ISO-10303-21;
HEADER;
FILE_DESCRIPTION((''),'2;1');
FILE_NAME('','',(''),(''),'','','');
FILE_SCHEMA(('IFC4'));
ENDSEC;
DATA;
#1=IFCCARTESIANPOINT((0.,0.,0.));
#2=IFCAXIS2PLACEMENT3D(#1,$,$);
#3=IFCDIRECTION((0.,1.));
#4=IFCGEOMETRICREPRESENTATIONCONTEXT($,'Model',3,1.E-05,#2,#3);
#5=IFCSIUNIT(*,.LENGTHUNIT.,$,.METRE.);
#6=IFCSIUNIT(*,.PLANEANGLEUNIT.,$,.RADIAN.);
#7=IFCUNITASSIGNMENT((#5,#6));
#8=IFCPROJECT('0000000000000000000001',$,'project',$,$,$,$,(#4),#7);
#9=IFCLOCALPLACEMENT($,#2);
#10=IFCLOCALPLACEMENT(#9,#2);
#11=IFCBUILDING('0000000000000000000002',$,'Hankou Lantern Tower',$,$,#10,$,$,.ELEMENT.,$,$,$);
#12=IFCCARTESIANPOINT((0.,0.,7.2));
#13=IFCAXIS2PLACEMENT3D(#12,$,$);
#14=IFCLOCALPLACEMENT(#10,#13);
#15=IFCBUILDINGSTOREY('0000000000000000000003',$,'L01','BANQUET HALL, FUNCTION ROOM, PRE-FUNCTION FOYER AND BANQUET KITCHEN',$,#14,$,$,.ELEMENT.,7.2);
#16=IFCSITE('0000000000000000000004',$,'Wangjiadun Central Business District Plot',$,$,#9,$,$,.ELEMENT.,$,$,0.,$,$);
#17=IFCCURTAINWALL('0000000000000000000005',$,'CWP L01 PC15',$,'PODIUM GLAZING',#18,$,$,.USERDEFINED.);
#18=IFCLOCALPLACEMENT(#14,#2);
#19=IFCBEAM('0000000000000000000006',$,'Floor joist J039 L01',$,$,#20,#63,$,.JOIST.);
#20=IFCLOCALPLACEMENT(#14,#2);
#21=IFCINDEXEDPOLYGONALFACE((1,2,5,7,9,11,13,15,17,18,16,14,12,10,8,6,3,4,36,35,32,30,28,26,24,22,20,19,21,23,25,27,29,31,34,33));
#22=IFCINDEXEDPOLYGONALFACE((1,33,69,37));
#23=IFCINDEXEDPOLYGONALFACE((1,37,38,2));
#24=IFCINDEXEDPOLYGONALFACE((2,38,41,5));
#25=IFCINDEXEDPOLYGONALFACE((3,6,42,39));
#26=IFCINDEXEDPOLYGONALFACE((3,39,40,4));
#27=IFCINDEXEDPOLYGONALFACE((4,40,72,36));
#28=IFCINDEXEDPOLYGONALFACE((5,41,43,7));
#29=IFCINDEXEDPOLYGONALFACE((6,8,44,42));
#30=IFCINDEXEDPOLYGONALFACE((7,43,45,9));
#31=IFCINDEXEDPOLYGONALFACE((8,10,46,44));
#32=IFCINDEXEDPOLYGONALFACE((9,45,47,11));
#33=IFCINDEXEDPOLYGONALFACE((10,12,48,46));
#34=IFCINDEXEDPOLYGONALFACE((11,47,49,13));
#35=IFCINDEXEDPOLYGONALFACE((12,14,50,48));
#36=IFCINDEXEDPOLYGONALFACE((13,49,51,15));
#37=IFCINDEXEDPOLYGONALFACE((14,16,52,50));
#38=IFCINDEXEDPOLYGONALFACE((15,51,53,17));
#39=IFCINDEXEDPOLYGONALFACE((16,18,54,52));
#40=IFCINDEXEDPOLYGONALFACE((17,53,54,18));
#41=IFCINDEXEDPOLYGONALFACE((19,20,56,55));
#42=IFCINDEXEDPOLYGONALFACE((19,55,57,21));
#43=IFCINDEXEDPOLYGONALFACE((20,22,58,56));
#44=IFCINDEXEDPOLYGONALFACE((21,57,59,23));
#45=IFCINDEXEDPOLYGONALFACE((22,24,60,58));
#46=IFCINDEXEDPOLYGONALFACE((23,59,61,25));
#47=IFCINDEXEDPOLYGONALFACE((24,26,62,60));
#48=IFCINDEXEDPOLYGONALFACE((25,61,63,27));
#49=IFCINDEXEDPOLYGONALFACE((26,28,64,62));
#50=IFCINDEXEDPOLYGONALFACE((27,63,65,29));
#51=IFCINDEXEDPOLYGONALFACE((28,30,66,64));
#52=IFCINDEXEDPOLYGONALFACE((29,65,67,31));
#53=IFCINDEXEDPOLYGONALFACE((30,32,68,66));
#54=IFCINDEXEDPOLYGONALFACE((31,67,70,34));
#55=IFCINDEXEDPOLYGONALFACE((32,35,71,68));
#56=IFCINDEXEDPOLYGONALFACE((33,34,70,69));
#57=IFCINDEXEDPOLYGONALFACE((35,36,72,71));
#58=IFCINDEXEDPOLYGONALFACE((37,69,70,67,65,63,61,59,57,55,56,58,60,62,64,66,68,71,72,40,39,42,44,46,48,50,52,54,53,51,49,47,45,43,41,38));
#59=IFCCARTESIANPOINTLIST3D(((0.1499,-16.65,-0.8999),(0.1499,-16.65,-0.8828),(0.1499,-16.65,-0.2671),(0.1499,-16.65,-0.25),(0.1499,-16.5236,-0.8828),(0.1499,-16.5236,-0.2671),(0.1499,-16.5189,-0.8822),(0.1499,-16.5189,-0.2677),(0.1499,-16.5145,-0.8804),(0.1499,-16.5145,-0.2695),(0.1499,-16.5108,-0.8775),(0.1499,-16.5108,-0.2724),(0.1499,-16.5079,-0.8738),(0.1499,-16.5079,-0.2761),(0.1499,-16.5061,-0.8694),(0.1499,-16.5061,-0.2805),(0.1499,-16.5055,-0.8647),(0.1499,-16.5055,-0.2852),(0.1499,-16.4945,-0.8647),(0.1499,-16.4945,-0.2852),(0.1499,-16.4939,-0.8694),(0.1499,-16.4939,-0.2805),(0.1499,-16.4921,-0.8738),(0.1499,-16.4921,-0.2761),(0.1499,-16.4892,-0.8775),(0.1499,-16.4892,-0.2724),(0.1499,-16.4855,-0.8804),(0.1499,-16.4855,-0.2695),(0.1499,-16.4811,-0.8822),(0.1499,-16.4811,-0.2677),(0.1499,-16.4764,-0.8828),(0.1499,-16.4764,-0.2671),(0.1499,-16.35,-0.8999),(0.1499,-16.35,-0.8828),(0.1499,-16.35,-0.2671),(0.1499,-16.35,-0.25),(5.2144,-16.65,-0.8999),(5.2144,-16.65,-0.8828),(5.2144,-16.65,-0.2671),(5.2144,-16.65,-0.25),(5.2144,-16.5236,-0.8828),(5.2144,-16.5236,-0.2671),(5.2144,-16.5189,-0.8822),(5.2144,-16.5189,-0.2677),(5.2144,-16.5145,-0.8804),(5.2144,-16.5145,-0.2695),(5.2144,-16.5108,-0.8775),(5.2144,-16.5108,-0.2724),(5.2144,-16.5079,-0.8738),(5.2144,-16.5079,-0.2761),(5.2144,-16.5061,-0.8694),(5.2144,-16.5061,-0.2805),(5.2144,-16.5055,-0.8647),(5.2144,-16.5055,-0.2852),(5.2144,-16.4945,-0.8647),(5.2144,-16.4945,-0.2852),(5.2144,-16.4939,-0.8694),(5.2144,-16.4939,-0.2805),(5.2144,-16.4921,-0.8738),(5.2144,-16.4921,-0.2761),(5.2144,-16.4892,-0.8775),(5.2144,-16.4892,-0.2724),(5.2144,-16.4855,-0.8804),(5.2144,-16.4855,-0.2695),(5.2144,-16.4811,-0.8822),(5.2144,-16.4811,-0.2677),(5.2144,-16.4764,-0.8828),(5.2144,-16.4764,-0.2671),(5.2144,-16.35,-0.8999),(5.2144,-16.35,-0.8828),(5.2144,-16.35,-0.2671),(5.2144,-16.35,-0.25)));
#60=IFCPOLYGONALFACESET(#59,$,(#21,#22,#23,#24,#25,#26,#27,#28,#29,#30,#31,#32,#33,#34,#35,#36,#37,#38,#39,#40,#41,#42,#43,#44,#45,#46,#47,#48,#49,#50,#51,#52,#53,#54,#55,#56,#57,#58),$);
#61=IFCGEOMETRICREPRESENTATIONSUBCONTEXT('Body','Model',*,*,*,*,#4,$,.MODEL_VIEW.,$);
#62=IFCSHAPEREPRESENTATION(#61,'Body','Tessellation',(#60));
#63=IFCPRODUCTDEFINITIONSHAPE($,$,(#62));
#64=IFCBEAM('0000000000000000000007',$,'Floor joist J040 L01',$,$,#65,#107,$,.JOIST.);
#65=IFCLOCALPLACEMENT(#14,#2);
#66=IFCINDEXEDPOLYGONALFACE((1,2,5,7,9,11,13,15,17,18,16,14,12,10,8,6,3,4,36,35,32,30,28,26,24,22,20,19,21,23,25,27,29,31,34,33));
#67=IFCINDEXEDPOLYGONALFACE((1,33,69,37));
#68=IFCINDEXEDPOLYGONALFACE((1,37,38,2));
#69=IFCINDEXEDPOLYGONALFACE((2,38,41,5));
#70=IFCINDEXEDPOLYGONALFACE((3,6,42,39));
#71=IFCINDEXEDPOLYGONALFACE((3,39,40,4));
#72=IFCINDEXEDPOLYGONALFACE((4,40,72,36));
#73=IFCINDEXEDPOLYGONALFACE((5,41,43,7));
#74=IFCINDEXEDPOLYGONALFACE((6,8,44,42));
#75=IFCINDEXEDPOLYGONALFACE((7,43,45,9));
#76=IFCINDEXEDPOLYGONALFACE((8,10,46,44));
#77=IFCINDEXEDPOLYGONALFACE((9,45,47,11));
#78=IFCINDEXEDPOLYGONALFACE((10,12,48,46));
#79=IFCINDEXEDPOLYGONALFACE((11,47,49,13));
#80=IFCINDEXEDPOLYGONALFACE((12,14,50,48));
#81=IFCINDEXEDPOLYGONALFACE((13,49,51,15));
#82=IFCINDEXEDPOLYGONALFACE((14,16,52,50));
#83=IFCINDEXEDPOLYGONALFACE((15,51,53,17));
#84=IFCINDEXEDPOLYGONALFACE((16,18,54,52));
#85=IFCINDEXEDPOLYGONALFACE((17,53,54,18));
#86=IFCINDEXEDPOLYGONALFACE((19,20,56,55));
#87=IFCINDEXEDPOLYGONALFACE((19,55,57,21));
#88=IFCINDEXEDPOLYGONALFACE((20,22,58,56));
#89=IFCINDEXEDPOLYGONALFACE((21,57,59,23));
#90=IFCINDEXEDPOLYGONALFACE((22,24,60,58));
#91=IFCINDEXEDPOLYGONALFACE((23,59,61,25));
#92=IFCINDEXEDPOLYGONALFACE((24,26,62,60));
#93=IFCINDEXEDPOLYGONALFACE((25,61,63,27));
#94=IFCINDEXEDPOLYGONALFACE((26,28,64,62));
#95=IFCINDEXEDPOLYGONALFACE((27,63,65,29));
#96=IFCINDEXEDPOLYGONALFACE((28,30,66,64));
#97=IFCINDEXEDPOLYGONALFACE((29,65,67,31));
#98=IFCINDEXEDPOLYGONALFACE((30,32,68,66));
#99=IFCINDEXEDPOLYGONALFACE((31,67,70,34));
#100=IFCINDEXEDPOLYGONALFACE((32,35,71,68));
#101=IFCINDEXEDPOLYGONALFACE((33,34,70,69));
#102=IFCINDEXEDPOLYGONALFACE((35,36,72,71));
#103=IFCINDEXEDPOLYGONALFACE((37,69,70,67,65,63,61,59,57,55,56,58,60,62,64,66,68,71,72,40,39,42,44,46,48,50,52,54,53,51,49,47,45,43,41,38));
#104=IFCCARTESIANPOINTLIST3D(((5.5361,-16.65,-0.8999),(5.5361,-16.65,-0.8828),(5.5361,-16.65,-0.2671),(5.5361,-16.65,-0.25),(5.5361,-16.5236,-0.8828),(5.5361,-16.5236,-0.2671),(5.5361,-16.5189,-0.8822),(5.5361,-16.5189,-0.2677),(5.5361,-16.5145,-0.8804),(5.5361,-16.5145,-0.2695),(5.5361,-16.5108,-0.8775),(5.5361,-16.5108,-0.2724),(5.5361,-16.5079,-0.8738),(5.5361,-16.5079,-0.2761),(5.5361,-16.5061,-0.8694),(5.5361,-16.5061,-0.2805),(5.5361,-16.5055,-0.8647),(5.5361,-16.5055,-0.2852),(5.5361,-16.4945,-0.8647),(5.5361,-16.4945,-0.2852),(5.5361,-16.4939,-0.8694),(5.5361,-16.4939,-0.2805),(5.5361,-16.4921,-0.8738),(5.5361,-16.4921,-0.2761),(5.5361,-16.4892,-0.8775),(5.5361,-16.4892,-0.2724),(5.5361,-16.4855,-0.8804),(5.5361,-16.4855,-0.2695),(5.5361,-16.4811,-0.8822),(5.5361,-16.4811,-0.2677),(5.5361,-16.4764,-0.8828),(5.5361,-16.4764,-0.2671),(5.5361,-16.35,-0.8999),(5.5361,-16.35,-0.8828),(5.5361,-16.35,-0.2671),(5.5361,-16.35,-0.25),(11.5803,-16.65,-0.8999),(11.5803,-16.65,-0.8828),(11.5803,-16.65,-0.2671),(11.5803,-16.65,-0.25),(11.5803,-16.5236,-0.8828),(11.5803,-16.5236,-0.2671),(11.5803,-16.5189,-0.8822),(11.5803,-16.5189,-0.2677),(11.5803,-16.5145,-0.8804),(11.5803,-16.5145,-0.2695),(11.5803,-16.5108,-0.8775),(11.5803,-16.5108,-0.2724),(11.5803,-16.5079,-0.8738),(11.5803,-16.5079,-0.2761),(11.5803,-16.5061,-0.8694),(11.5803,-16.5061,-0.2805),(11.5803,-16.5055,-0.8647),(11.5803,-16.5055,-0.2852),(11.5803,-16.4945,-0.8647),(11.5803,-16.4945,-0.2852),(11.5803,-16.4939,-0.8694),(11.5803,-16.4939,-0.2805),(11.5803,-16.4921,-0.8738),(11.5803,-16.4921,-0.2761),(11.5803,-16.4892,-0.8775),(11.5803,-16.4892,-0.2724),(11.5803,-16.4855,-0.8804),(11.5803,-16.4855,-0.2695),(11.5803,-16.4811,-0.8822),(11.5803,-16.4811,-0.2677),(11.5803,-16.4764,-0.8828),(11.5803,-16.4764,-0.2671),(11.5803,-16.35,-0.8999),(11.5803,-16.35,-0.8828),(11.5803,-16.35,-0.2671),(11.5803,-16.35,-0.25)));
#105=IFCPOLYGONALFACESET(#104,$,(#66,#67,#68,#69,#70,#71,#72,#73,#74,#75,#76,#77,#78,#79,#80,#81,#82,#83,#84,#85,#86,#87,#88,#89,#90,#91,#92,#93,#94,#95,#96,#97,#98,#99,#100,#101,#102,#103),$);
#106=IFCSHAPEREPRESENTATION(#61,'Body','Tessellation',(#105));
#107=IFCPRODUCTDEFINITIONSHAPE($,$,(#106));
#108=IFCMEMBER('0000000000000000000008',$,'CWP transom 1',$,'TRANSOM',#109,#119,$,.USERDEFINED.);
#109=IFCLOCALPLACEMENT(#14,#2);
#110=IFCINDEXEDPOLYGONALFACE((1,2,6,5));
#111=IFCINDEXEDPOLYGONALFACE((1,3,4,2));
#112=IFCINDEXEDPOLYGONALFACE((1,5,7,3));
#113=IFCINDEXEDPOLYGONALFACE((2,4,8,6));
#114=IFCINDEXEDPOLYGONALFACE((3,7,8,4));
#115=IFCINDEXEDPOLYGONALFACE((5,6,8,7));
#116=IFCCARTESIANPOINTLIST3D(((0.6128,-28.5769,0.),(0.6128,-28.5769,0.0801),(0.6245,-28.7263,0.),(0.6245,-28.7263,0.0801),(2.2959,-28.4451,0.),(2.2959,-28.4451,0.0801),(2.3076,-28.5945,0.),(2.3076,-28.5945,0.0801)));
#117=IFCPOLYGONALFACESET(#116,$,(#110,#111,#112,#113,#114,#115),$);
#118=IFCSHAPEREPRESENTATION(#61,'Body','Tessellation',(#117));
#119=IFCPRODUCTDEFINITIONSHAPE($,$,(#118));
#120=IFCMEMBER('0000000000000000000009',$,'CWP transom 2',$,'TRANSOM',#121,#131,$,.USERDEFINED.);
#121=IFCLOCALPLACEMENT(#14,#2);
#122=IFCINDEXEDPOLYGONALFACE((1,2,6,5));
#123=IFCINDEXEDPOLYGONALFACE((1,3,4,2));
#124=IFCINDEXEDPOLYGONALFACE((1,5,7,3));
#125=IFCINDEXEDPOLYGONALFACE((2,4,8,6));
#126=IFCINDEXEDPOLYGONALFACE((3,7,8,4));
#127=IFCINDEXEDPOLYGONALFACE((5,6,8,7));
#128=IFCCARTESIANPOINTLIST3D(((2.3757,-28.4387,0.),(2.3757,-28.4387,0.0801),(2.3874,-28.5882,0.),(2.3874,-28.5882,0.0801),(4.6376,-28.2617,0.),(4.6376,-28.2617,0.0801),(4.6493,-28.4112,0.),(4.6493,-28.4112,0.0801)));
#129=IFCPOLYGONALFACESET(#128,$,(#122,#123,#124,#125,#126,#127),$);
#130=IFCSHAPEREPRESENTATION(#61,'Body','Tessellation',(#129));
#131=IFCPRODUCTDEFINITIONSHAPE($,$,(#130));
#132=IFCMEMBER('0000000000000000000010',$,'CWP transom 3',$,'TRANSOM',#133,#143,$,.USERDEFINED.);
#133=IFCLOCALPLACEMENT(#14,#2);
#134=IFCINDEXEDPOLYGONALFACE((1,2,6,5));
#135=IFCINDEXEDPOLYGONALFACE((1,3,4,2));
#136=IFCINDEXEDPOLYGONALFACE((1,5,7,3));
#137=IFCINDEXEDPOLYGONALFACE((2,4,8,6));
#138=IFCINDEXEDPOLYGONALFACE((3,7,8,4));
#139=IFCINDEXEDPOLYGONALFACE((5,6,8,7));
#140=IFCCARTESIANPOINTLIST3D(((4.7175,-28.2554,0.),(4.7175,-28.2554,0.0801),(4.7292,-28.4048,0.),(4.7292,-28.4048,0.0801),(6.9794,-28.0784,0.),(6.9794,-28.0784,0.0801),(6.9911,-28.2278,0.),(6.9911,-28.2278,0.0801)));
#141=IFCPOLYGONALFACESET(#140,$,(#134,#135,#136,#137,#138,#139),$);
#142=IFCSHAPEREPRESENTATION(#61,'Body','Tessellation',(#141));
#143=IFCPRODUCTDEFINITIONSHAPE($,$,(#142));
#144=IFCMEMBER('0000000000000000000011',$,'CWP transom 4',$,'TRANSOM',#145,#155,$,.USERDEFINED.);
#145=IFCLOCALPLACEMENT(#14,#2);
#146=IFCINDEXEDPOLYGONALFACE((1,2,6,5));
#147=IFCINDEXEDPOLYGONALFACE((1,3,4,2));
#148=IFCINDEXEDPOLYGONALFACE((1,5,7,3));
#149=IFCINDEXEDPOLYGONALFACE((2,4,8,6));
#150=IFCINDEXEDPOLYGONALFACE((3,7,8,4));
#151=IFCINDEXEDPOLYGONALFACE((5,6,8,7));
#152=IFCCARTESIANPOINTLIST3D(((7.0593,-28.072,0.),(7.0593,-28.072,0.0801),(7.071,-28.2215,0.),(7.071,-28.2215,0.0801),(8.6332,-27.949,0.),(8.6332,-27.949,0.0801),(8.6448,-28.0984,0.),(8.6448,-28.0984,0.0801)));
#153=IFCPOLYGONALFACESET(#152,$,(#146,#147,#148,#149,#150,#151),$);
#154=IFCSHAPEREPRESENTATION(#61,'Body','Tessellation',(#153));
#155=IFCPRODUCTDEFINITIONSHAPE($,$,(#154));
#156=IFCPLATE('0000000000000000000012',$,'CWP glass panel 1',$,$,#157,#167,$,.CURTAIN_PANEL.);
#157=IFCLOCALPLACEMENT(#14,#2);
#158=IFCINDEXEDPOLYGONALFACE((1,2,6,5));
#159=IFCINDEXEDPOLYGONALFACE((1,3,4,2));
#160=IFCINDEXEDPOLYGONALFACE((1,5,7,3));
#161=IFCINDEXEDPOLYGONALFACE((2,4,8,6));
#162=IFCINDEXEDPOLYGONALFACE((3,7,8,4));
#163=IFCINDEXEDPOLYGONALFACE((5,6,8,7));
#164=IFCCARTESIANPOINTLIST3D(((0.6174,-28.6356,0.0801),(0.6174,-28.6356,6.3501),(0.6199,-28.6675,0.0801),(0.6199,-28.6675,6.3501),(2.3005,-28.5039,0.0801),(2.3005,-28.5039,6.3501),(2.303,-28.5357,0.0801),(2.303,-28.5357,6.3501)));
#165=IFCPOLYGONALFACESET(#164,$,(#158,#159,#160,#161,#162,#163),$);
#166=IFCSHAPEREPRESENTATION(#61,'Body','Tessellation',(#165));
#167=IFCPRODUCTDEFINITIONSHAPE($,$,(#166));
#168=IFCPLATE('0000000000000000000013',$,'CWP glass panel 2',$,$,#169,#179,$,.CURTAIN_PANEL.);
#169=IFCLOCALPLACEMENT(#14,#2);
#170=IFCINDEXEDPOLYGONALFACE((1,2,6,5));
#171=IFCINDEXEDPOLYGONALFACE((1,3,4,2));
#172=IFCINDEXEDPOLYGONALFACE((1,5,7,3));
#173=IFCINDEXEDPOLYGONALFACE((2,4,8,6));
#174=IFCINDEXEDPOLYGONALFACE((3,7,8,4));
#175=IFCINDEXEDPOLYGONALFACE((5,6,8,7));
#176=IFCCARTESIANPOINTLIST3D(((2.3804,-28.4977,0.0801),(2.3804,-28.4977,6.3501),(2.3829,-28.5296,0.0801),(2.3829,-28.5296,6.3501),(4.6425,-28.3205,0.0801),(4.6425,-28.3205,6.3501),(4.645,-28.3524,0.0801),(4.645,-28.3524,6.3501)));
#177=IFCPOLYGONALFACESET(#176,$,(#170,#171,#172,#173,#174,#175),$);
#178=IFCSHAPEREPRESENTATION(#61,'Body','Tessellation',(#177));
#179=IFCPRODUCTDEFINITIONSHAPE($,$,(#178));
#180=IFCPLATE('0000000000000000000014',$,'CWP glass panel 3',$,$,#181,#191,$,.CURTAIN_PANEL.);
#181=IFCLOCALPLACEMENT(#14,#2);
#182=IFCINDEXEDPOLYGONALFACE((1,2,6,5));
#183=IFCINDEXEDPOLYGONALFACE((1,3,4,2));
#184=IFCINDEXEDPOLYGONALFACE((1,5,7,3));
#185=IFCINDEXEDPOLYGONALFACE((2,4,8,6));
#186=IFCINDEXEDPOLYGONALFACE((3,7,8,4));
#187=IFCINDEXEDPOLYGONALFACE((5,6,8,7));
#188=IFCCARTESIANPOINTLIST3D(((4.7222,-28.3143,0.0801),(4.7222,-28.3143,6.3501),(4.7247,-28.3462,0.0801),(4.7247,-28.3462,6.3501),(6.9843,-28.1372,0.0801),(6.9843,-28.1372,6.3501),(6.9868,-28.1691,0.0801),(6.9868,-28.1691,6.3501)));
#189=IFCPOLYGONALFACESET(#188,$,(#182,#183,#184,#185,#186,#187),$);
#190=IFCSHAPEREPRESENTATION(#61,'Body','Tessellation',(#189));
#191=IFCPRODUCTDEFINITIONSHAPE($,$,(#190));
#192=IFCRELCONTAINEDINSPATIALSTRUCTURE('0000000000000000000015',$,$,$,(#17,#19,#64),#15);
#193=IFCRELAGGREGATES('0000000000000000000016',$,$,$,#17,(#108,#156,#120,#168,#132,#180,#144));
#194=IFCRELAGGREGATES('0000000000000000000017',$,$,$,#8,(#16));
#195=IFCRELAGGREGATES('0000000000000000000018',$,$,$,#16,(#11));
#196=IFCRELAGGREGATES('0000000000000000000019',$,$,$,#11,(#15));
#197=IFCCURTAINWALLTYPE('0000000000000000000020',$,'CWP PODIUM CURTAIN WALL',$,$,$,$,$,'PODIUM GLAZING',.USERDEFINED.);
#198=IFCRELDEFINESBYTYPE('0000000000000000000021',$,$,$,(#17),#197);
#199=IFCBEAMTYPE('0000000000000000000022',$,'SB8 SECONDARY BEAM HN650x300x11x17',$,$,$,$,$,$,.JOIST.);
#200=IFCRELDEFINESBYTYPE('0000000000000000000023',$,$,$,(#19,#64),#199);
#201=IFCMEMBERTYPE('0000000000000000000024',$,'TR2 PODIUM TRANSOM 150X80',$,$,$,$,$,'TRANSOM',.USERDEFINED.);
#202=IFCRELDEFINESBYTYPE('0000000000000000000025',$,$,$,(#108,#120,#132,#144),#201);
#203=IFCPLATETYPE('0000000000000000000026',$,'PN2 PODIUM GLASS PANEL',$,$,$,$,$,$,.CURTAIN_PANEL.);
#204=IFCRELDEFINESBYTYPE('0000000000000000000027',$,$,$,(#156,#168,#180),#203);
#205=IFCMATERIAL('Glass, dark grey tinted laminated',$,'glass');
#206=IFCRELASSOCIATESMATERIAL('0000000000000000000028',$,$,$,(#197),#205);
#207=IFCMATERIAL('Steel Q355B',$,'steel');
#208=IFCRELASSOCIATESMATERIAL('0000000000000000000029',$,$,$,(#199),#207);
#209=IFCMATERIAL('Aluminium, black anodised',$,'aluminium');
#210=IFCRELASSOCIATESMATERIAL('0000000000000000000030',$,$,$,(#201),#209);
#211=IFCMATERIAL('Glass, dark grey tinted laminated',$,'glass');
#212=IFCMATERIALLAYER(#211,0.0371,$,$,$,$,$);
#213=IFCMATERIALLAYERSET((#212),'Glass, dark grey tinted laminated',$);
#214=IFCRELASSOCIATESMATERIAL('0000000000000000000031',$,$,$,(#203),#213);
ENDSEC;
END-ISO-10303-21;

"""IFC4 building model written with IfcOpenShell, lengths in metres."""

from ifc_helpers import new_model, si_unit, direction, frame, origin, origin_2d, place, context, subcontext, project, spatial, rectangle, i_section, extrude, material, layer, layer_set, material_profile, profile_set, type_object, element, aggregate, save


model = new_model("IFC4")

# Units and contexts
model_context = context("Model", 3, precision=1e-05, world=origin(), true_north=direction((0.0, 1.0)))
body_context = subcontext(model_context, "Body", "Model", "MODEL_VIEW")
ifc_project = project(units=[si_unit("LENGTHUNIT", "METRE"), si_unit("PLANEANGLEUNIT", "RADIAN")], contexts=[model_context])

# Site, building, storey
site_placement = place(None, origin())
site = spatial("IfcSite", under=ifc_project, at=site_placement, Name="Wangjiadun Central Business District Plot", CompositionType="ELEMENT", RefElevation=0.0)
building_placement = place(site_placement, origin())
building = spatial("IfcBuilding", under=site, at=building_placement, Name="Hankou Lantern Tower", CompositionType="ELEMENT")
storey_placement = place(building_placement, frame((0.0, 0.0, 7.2)))
storey = spatial("IfcBuildingStorey", under=building, at=storey_placement, Name="L01", Description="BANQUET HALL, FUNCTION ROOM, PRE-FUNCTION FOYER AND BANQUET KITCHEN", CompositionType="ELEMENT", Elevation=7.2)

# Curtain wall
ifc_material_1 = material(Name="Glass, dark grey tinted laminated", Category="glass")
curtain_wall_type = type_object("IfcCurtainWallType", Name="CWP PODIUM CURTAIN WALL", ElementType="PODIUM GLAZING", PredefinedType="USERDEFINED", material=ifc_material_1)
curtain_wall_placement = place(storey_placement, origin())
curtain_wall = element("IfcCurtainWall", 1, at=curtain_wall_placement, inside=storey, type_object=curtain_wall_type, Name="CWP L01 PC15", ObjectType="PODIUM GLAZING", PredefinedType="USERDEFINED")

# Beams
ifc_material_2 = material(Name="Steel Q355B", Category="steel")
ifc_material_profile_1 = material_profile(ifc_material_2, i_section(OverallWidth=0.3, OverallDepth=0.6499, WebThickness=0.011, FlangeThickness=0.0171, FilletRadius=0.0181, at=origin_2d()), Name="HN650x300x11x17")
ifc_profile_set_1 = profile_set([ifc_material_profile_1], Name="Steel Q355B")
beam_type_1 = type_object("IfcBeamType", Name="SB8 SECONDARY BEAM HN650x300x11x17", PredefinedType="JOIST", material=ifc_profile_set_1)
beam_1_placement = place(storey_placement, frame((0.1499, -16.5, -0.575), z_axis=(1.0, 0.0, 0.0), x_axis=(0.0, 1.0, 0.0)))
element("IfcBeam", 2, at=beam_1_placement, inside=storey, type_object=beam_type_1, Name="Floor joist J039 L01", PredefinedType="JOIST", context=body_context, shape_type="SweptSolid", body=[
    extrude(i_section(OverallWidth=0.3, OverallDepth=0.6499, WebThickness=0.011, FlangeThickness=0.0171, FilletRadius=0.0181, at=origin_2d()), origin(), (0.0, 0.0, 1.0), 5.0645),
])
beam_2_placement = place(storey_placement, frame((5.5361, -16.5, -0.575), z_axis=(1.0, 0.0, 0.0), x_axis=(0.0, 1.0, 0.0)))
element("IfcBeam", 3, at=beam_2_placement, inside=storey, type_object=beam_type_1, Name="Floor joist J040 L01", PredefinedType="JOIST", context=body_context, shape_type="SweptSolid", body=[
    extrude(i_section(OverallWidth=0.3, OverallDepth=0.6499, WebThickness=0.011, FlangeThickness=0.0171, FilletRadius=0.0181, at=origin_2d()), origin(), (0.0, 0.0, 1.0), 6.0442),
])

# Members
ifc_material_3 = material(Name="Aluminium, black anodised", Category="aluminium")
ifc_material_profile_2 = material_profile(ifc_material_3, rectangle(XDim=0.1499, YDim=0.0801, at=origin_2d()), Name="TR2 150X80")
ifc_profile_set_2 = profile_set([ifc_material_profile_2], Name="Aluminium, black anodised")
member_type_1 = type_object("IfcMemberType", Name="TR2 PODIUM TRANSOM 150X80", ElementType="TRANSOM", PredefinedType="USERDEFINED", material=ifc_profile_set_2)
member_1_placement = place(storey_placement, frame((0.6187, -28.6516, 0.04), z_axis=(0.996946, 0.07809, 0.0), x_axis=(-0.07809, 0.996946, 0.0)))
member_1 = element("IfcMember", 4, at=member_1_placement, type_object=member_type_1, Name="CWP transom 1", ObjectType="TRANSOM", PredefinedType="USERDEFINED", context=body_context, shape_type="SweptSolid", body=[
    extrude(rectangle(XDim=0.1499, YDim=0.0801, at=origin_2d()), origin(), (0.0, 0.0, 1.0), 1.6882),
])
member_2_placement = place(storey_placement, frame((2.3816, -28.5134, 0.04), z_axis=(0.996952, 0.078013, 0.0), x_axis=(-0.078013, 0.996952, 0.0)))
member_2 = element("IfcMember", 5, at=member_2_placement, type_object=member_type_1, Name="CWP transom 2", ObjectType="TRANSOM", PredefinedType="USERDEFINED", context=body_context, shape_type="SweptSolid", body=[
    extrude(rectangle(XDim=0.1499, YDim=0.0801, at=origin_2d()), origin(), (0.0, 0.0, 1.0), 2.2688),
])
member_3_placement = place(storey_placement, frame((4.7234, -28.3301, 0.04), z_axis=(0.996952, 0.078013, 0.0), x_axis=(-0.078013, 0.996952, 0.0)))
member_3 = element("IfcMember", 6, at=member_3_placement, type_object=member_type_1, Name="CWP transom 3", ObjectType="TRANSOM", PredefinedType="USERDEFINED", context=body_context, shape_type="SweptSolid", body=[
    extrude(rectangle(XDim=0.1499, YDim=0.0801, at=origin_2d()), origin(), (0.0, 0.0, 1.0), 2.2688),
])
member_4_placement = place(storey_placement, frame((7.0652, -28.1467, 0.04), z_axis=(0.996957, 0.07795, 0.0), x_axis=(-0.07795, 0.996957, 0.0)))
member_4 = element("IfcMember", 7, at=member_4_placement, type_object=member_type_1, Name="CWP transom 4", ObjectType="TRANSOM", PredefinedType="USERDEFINED", context=body_context, shape_type="SweptSolid", body=[
    extrude(rectangle(XDim=0.1499, YDim=0.0801, at=origin_2d()), origin(), (0.0, 0.0, 1.0), 1.5786),
])

# Plates
ifc_material_4 = material(Name="Glass, dark grey tinted laminated", Category="glass")
ifc_layer = layer(ifc_material_4, 0.0371)
ifc_layer_set = layer_set([ifc_layer], Name="Glass, dark grey tinted laminated")
plate_type = type_object("IfcPlateType", Name="PN2 PODIUM GLASS PANEL", PredefinedType="CURTAIN_PANEL", material=ifc_layer_set)
plate_1_placement = place(storey_placement, frame((1.4602, -28.5857, 0.0801), z_axis=(0.0, 0.0, 1.0), x_axis=(0.996949, 0.078062, 0.0)))
plate_1 = element("IfcPlate", 8, at=plate_1_placement, type_object=plate_type, Name="CWP glass panel 1", PredefinedType="CURTAIN_PANEL", context=body_context, shape_type="SweptSolid", body=[
    extrude(rectangle(XDim=1.6882, YDim=0.032, at=origin_2d()), origin(), (0.0, 0.0, 1.0), 6.27),
])
plate_2_placement = place(storey_placement, frame((3.5127, -28.425, 0.0801), z_axis=(0.0, 0.0, 1.0), x_axis=(0.996949, 0.078062, 0.0)))
plate_2 = element("IfcPlate", 9, at=plate_2_placement, type_object=plate_type, Name="CWP glass panel 2", PredefinedType="CURTAIN_PANEL", context=body_context, shape_type="SweptSolid", body=[
    extrude(rectangle(XDim=2.269, YDim=0.032, at=origin_2d()), origin(), (0.0, 0.0, 1.0), 6.27),
])
plate_3_placement = place(storey_placement, frame((5.8545, -28.2417, 0.0801), z_axis=(0.0, 0.0, 1.0), x_axis=(0.996949, 0.078062, 0.0)))
plate_3 = element("IfcPlate", 10, at=plate_3_placement, type_object=plate_type, Name="CWP glass panel 3", PredefinedType="CURTAIN_PANEL", context=body_context, shape_type="SweptSolid", body=[
    extrude(rectangle(XDim=2.269, YDim=0.032, at=origin_2d()), origin(), (0.0, 0.0, 1.0), 6.27),
])
aggregate(curtain_wall, [member_1, plate_1, member_2, plate_2, member_3, plate_3, member_4])

save(model, "model.ifc")
